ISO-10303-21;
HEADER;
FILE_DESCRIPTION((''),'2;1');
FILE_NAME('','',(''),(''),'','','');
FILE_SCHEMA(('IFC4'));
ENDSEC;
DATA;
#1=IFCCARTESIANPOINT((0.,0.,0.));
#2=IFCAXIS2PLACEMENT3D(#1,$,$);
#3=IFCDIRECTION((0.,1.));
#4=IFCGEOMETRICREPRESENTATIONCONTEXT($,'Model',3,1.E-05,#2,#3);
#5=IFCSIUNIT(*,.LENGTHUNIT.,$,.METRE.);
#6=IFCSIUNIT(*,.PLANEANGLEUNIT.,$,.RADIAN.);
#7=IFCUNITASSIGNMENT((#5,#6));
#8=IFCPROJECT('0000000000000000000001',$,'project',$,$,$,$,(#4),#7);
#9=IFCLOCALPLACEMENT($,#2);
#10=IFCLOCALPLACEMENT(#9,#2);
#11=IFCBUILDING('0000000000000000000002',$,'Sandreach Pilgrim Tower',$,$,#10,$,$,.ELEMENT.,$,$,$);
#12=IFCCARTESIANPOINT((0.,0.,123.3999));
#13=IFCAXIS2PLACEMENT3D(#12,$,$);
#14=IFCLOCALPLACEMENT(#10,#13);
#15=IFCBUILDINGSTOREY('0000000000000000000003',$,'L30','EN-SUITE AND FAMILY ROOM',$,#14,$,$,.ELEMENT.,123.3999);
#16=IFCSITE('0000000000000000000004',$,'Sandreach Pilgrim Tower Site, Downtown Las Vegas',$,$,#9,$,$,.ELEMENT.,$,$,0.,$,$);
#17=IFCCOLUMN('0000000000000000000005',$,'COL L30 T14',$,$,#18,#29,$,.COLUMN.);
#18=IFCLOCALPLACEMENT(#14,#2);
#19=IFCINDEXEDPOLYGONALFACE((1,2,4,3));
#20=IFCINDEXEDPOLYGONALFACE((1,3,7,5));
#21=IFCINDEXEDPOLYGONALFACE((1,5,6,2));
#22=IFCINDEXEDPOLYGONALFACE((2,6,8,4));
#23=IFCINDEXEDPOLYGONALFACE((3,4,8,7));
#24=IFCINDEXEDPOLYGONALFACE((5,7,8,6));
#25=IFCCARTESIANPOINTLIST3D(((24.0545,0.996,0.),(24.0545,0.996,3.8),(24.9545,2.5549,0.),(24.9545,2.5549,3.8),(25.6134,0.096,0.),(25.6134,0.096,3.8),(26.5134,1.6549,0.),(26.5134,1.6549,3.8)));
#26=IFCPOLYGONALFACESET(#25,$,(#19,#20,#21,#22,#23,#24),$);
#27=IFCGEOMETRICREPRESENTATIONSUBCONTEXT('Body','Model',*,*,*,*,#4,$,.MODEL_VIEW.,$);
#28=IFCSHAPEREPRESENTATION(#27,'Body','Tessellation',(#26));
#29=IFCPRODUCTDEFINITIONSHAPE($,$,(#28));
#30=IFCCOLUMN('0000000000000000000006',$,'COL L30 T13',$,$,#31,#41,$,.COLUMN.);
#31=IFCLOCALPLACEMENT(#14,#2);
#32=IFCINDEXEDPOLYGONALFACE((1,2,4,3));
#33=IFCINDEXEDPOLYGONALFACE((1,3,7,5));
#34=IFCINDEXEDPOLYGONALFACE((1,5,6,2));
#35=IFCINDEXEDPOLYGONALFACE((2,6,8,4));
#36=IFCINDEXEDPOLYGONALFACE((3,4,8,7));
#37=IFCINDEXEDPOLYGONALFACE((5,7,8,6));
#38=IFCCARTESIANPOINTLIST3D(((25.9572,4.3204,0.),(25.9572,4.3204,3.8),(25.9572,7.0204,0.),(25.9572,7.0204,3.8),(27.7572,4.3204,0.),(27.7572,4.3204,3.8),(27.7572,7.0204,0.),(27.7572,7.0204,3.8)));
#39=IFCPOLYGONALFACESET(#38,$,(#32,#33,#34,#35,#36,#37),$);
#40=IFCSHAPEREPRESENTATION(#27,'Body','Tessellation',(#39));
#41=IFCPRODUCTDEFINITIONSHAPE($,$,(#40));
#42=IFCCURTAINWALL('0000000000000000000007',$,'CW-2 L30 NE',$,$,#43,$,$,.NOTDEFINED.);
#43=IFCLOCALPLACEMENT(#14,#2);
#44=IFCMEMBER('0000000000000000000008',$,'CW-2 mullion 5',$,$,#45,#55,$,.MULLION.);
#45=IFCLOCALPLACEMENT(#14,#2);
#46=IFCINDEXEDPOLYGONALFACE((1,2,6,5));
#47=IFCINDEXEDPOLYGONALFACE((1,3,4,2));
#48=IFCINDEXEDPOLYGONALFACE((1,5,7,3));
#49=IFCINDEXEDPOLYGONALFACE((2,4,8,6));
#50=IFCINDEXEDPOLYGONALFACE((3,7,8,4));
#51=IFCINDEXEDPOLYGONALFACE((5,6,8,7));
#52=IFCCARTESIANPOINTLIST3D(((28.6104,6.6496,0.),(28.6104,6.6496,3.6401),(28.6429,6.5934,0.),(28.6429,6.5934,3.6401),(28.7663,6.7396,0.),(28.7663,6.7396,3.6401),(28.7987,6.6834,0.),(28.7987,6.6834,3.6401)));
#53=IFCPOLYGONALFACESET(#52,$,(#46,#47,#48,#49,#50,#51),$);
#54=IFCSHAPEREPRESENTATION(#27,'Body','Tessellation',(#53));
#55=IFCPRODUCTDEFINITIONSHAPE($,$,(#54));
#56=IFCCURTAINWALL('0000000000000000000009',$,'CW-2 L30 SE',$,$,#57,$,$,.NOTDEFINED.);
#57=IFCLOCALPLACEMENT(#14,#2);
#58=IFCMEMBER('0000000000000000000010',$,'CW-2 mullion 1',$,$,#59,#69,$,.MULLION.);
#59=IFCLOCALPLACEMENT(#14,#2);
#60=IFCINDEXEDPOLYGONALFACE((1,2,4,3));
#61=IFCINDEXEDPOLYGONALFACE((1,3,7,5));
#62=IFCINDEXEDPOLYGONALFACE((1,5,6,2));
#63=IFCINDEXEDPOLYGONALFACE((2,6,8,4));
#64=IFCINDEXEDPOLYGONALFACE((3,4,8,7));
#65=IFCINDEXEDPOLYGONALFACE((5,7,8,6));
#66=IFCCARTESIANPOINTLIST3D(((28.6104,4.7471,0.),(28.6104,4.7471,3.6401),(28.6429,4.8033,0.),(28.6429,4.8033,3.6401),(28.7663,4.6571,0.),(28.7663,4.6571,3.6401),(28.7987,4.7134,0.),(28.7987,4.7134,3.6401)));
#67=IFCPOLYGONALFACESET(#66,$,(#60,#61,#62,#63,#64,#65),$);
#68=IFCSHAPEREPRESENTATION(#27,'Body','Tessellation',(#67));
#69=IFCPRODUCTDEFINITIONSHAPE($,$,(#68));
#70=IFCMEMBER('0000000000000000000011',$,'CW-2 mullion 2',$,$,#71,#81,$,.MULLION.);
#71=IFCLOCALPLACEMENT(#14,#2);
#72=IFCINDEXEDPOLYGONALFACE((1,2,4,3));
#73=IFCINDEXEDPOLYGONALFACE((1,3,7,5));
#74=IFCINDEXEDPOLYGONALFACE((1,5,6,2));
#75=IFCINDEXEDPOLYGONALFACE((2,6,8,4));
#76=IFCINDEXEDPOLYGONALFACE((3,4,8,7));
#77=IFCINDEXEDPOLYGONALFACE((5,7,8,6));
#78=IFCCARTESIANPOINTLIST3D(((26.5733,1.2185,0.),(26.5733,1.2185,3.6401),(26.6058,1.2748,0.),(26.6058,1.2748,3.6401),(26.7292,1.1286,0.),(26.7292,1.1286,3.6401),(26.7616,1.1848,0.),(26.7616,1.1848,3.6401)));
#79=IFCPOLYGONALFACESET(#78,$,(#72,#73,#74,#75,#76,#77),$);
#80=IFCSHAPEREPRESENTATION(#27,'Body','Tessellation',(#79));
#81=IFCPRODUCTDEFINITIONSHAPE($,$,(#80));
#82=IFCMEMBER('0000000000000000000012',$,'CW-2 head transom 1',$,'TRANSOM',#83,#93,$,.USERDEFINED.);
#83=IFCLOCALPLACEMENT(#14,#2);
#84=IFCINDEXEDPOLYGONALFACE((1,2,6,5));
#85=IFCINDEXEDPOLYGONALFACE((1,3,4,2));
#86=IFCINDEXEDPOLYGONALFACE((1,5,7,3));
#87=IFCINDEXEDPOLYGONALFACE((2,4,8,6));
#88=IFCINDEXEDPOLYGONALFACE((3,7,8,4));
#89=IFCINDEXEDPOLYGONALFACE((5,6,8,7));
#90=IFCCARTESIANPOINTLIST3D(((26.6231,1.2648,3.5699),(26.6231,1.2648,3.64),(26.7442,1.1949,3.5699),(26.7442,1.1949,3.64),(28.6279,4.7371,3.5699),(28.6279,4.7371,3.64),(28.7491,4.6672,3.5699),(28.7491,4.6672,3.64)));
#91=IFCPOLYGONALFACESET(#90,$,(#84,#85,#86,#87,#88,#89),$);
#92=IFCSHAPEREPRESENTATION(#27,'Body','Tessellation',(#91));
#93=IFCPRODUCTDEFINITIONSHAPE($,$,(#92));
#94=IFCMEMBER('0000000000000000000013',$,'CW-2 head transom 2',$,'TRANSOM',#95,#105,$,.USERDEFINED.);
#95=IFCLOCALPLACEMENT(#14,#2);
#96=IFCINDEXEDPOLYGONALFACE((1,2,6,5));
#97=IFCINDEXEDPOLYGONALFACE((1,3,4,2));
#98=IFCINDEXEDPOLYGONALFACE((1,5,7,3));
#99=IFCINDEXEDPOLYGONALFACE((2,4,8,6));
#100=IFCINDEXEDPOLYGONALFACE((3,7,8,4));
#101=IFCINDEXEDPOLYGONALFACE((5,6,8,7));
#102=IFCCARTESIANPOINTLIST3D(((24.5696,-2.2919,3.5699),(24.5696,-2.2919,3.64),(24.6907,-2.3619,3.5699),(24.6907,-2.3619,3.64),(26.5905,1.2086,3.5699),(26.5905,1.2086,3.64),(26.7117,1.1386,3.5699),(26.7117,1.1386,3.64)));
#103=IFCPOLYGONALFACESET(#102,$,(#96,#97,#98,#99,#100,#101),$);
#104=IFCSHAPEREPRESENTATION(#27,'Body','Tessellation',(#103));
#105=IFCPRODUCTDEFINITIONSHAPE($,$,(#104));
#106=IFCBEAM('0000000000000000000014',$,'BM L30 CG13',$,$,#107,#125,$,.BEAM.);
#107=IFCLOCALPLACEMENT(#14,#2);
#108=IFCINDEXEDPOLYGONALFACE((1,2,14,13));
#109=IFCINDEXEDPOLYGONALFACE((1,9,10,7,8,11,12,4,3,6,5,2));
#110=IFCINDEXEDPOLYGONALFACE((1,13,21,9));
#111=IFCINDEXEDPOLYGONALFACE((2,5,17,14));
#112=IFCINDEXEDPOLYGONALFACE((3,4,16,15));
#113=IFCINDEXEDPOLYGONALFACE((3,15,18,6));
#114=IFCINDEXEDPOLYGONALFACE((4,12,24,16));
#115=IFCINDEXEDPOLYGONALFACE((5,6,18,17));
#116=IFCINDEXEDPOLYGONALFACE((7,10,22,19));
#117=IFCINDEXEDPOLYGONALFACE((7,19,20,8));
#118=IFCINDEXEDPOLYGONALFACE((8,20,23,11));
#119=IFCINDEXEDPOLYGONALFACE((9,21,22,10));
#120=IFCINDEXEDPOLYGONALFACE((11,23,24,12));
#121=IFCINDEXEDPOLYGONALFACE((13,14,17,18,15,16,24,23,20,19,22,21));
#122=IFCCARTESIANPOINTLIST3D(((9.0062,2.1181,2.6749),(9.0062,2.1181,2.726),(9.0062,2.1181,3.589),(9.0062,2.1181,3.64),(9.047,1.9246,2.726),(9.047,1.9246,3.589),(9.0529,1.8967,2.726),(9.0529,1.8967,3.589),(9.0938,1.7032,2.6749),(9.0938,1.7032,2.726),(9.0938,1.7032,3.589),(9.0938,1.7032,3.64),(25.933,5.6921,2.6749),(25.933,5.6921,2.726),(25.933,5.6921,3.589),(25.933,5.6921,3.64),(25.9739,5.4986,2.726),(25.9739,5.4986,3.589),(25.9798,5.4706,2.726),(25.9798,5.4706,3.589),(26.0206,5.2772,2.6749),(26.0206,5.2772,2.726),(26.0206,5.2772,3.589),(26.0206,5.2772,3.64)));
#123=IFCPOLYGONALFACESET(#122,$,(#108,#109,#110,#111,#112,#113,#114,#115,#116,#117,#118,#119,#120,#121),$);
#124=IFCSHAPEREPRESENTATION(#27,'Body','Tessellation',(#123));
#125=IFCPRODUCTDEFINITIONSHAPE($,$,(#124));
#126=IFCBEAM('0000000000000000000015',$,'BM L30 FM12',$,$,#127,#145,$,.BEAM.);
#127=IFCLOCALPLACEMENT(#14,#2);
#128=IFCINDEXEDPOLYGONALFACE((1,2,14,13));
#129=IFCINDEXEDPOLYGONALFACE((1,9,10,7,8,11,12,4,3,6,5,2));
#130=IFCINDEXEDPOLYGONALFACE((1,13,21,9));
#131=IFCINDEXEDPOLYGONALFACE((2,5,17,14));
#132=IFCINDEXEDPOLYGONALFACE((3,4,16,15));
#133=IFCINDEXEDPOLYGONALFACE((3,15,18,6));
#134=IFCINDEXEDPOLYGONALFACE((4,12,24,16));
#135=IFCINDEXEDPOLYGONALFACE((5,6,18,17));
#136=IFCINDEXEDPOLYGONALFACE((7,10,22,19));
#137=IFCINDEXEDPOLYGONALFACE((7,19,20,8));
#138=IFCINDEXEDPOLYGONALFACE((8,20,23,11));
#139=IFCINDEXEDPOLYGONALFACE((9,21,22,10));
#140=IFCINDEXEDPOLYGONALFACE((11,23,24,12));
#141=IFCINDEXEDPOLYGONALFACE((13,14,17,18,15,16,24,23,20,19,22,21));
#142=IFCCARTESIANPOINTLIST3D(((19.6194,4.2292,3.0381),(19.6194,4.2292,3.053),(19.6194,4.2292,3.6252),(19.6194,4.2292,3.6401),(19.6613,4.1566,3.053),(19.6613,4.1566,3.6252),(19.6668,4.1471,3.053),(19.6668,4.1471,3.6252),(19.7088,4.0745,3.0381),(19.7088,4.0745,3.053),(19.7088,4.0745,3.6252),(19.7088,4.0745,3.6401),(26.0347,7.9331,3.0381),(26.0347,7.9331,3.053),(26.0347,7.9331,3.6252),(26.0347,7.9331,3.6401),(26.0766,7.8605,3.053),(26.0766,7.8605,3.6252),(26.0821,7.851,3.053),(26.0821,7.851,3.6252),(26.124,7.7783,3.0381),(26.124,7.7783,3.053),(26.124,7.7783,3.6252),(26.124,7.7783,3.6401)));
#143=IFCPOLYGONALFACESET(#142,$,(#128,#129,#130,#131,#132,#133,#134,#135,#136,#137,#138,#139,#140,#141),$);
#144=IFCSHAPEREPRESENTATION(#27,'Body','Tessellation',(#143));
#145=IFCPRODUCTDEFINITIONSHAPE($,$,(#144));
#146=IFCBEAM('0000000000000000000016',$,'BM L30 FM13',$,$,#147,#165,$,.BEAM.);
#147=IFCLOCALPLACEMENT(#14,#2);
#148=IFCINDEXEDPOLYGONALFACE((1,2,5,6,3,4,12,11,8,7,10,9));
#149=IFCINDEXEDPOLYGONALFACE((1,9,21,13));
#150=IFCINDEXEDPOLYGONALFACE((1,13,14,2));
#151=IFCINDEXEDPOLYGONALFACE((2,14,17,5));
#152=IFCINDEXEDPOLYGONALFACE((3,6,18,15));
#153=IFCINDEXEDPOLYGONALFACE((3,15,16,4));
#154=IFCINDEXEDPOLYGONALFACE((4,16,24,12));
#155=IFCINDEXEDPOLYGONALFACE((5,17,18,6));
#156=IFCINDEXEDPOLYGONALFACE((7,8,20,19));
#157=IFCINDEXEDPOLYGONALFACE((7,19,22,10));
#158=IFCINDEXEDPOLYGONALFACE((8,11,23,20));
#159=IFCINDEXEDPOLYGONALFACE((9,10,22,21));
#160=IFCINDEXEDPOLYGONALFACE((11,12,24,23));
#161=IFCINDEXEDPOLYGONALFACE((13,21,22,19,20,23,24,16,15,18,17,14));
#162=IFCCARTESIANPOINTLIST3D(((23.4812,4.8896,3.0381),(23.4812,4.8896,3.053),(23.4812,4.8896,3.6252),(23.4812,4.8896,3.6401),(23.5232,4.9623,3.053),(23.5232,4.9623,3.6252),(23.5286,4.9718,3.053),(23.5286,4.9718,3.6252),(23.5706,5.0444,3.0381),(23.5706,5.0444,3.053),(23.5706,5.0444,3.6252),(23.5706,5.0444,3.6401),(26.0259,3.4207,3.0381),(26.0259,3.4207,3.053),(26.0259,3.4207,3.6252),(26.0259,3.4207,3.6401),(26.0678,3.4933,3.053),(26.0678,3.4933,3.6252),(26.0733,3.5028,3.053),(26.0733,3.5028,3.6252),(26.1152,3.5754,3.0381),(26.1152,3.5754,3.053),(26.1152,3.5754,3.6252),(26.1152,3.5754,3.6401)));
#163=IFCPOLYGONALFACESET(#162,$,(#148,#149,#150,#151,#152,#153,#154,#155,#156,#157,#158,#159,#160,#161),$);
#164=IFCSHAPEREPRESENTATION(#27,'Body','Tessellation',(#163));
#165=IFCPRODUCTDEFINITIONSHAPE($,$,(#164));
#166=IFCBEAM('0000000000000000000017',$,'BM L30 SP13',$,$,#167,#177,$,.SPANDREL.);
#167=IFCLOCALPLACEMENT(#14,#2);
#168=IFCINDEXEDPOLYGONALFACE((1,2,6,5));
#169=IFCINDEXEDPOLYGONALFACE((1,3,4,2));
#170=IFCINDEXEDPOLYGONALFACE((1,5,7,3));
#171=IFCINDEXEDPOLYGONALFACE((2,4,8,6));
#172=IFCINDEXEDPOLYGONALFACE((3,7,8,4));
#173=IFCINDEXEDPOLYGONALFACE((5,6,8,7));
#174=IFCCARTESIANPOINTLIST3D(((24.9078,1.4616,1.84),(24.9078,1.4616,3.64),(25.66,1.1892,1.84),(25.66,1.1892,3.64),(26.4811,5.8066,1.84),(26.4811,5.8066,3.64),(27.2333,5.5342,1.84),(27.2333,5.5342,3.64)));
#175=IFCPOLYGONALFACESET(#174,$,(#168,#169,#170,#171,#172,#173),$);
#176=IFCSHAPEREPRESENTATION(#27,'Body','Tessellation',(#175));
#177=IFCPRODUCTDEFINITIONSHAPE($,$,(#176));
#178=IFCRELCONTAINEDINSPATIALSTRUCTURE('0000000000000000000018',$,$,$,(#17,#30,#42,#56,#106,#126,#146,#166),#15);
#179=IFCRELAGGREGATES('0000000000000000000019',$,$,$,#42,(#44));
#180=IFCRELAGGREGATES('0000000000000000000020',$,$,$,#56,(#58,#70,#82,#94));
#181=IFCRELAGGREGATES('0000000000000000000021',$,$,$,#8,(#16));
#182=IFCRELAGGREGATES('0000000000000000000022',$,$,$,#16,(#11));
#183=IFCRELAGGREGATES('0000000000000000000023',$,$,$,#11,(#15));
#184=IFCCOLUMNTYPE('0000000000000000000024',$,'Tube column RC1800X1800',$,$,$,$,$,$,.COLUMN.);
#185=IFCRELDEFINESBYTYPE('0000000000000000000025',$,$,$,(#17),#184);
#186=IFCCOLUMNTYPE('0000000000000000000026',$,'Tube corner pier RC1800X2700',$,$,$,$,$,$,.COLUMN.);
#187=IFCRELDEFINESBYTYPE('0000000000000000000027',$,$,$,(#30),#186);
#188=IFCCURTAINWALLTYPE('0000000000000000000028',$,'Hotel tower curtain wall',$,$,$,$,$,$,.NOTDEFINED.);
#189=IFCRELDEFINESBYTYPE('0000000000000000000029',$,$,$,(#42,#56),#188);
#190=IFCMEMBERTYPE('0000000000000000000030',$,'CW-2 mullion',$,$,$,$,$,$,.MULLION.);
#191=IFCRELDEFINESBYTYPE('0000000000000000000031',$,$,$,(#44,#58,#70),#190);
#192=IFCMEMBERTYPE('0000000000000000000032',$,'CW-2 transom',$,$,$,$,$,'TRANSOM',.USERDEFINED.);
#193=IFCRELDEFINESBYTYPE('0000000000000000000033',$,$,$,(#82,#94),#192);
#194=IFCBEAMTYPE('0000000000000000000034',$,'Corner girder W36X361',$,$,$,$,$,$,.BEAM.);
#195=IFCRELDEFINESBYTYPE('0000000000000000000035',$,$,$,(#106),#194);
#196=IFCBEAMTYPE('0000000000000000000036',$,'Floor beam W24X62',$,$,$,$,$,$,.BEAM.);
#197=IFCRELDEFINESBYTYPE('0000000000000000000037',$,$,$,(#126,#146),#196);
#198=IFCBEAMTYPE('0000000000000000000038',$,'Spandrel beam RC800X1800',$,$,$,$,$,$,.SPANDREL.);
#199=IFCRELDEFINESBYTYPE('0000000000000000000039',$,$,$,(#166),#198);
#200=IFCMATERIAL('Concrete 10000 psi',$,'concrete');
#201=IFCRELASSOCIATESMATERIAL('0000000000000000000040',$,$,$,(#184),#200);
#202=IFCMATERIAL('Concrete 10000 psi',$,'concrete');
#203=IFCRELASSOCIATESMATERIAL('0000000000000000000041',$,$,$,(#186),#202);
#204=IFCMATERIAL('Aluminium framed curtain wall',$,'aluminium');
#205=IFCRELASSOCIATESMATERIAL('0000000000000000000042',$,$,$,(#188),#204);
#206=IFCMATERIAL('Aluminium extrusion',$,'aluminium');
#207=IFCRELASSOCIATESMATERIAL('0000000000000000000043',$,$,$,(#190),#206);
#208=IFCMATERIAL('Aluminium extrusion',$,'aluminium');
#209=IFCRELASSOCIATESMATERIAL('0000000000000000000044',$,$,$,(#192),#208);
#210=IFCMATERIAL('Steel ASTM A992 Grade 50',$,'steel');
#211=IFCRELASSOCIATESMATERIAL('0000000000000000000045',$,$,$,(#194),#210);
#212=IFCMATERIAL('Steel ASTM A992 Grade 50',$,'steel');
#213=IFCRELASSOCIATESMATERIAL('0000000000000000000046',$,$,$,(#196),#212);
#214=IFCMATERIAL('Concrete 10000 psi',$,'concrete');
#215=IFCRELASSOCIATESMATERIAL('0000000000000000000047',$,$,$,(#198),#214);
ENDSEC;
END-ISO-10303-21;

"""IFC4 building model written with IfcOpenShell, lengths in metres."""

from ifc_helpers import new_model, si_unit, direction, frame, origin, origin_2d, place, context, subcontext, project, spatial, rectangle, i_section, extrude, material, material_profile, profile_set, type_object, element, aggregate, save


model = new_model("IFC4")

# Units and contexts
model_context = context("Model", 3, precision=1e-05, world=origin(), true_north=direction((0.0, 1.0)))
body_context = subcontext(model_context, "Body", "Model", "MODEL_VIEW")
ifc_project = project(units=[si_unit("LENGTHUNIT", "METRE"), si_unit("PLANEANGLEUNIT", "RADIAN")], contexts=[model_context])

# Site, building, storey
site_placement = place(None, origin())
site = spatial("IfcSite", under=ifc_project, at=site_placement, Name="Sandreach Pilgrim Tower Site, Downtown Las Vegas", CompositionType="ELEMENT", RefElevation=0.0)
building_placement = place(site_placement, origin())
building = spatial("IfcBuilding", under=site, at=building_placement, Name="Sandreach Pilgrim Tower", CompositionType="ELEMENT")
storey_placement = place(building_placement, frame((0.0, 0.0, 123.3999)))
storey = spatial("IfcBuildingStorey", under=building, at=storey_placement, Name="L30", Description="EN-SUITE AND FAMILY ROOM", CompositionType="ELEMENT", Elevation=123.3999)

# Columns
ifc_material_1 = material(Name="Concrete 10000 psi", Category="concrete")
ifc_material_profile_1 = material_profile(ifc_material_1, rectangle(XDim=1.8, YDim=1.8, at=origin_2d()), Name="RC1800X1800")
ifc_profile_set_1 = profile_set([ifc_material_profile_1], Name="Concrete 10000 psi")
column_type_1 = type_object("IfcColumnType", Name="Tube column RC1800X1800", PredefinedType="COLUMN", material=ifc_profile_set_1)
column_1_placement = place(storey_placement, frame((25.2839, 1.3254, 0.0), z_axis=(0.0, 0.0, 1.0), x_axis=(0.866025, -0.5, 0.0)))
element("IfcColumn", 1, at=column_1_placement, inside=storey, type_object=column_type_1, Name="COL L30 T14", PredefinedType="COLUMN", context=body_context, shape_type="SweptSolid", body=[
    extrude(rectangle(XDim=1.8, YDim=1.8, at=origin_2d()), origin(), (0.0, 0.0, 1.0), 3.8),
])
ifc_material_2 = material(Name="Concrete 10000 psi", Category="concrete")
ifc_material_profile_2 = material_profile(ifc_material_2, rectangle(XDim=1.8, YDim=2.7, at=origin_2d()), Name="RC1800X2700")
ifc_profile_set_2 = profile_set([ifc_material_profile_2], Name="Concrete 10000 psi")
column_type_2 = type_object("IfcColumnType", Name="Tube corner pier RC1800X2700", PredefinedType="COLUMN", material=ifc_profile_set_2)
column_2_placement = place(storey_placement, frame((26.8572, 5.6704, 0.0), z_axis=(0.0, 0.0, 1.0), x_axis=(1.0, 0.0, 0.0)))
element("IfcColumn", 2, at=column_2_placement, inside=storey, type_object=column_type_2, Name="COL L30 T13", PredefinedType="COLUMN", context=body_context, shape_type="SweptSolid", body=[
    extrude(rectangle(XDim=1.8, YDim=2.7, at=origin_2d()), origin(), (0.0, 0.0, 1.0), 3.8),
])

# Curtain wall, member
ifc_material_3 = material(Name="Aluminium framed curtain wall", Category="aluminium")
curtain_wall_type = type_object("IfcCurtainWallType", Name="Hotel tower curtain wall", PredefinedType="NOTDEFINED", material=ifc_material_3)
curtain_wall_1_placement = place(storey_placement, origin())
curtain_wall_1 = element("IfcCurtainWall", 3, at=curtain_wall_1_placement, inside=storey, type_object=curtain_wall_type, Name="CW-2 L30 NE", PredefinedType="NOTDEFINED")
ifc_material_4 = material(Name="Aluminium extrusion", Category="aluminium")
ifc_material_profile_3 = material_profile(ifc_material_4, rectangle(XDim=0.0649, YDim=0.1799, at=origin_2d()), Name="CW-2M 65X180")
ifc_profile_set_3 = profile_set([ifc_material_profile_3], Name="Aluminium extrusion")
member_type_1 = type_object("IfcMemberType", Name="CW-2 mullion", PredefinedType="MULLION", material=ifc_profile_set_3)
member_1_placement = place(storey_placement, frame((28.7046, 6.6665, 0.0), z_axis=(0.0, 0.0, 1.0), x_axis=(0.5, -0.866025, 0.0)))
member_1 = element("IfcMember", 4, at=member_1_placement, type_object=member_type_1, Name="CW-2 mullion 5", PredefinedType="MULLION", context=body_context, shape_type="SweptSolid", body=[
    extrude(rectangle(XDim=0.0649, YDim=0.1799, at=origin_2d()), origin(), (0.0, 0.0, 1.0), 3.6401),
])
aggregate(curtain_wall_1, [member_1])

# Curtain wall, members
curtain_wall_2_placement = place(storey_placement, origin())
curtain_wall_2 = element("IfcCurtainWall", 5, at=curtain_wall_2_placement, inside=storey, type_object=curtain_wall_type, Name="CW-2 L30 SE", PredefinedType="NOTDEFINED")
member_2_placement = place(storey_placement, frame((28.7046, 4.7302, 0.0), z_axis=(0.0, 0.0, 1.0), x_axis=(-0.5, -0.866025, 0.0)))
member_2 = element("IfcMember", 6, at=member_2_placement, type_object=member_type_1, Name="CW-2 mullion 1", PredefinedType="MULLION", context=body_context, shape_type="SweptSolid", body=[
    extrude(rectangle(XDim=0.0649, YDim=0.1799, at=origin_2d()), origin(), (0.0, 0.0, 1.0), 3.6401),
])
member_3_placement = place(storey_placement, frame((26.6675, 1.2017, 0.0), z_axis=(0.0, 0.0, 1.0), x_axis=(-0.5, -0.866025, 0.0)))
member_3 = element("IfcMember", 7, at=member_3_placement, type_object=member_type_1, Name="CW-2 mullion 2", PredefinedType="MULLION", context=body_context, shape_type="SweptSolid", body=[
    extrude(rectangle(XDim=0.0649, YDim=0.1799, at=origin_2d()), origin(), (0.0, 0.0, 1.0), 3.6401),
])
ifc_material_5 = material(Name="Aluminium extrusion", Category="aluminium")
ifc_material_profile_4 = material_profile(ifc_material_5, rectangle(XDim=0.1399, YDim=0.0701, at=origin_2d()), Name="CW-2T 140X70")
ifc_profile_set_4 = profile_set([ifc_material_profile_4], Name="Aluminium extrusion")
member_type_2 = type_object("IfcMemberType", Name="CW-2 transom", ElementType="TRANSOM", PredefinedType="USERDEFINED", material=ifc_profile_set_4)
member_4_placement = place(storey_placement, frame((28.6885, 4.7021, 3.605), z_axis=(-0.500016, -0.866016, 0.0), x_axis=(0.866016, -0.500016, 0.0)))
member_4 = element("IfcMember", 8, at=member_4_placement, type_object=member_type_2, Name="CW-2 head transom 1", ObjectType="TRANSOM", PredefinedType="USERDEFINED", context=body_context, shape_type="SweptSolid", body=[
    extrude(rectangle(XDim=0.1399, YDim=0.0701, at=origin_2d()), origin(), (0.0, 0.0, 1.0), 4.0095),
])
member_5_placement = place(storey_placement, frame((26.6511, 1.1736, 3.605), z_axis=(-0.499998, -0.866027, 0.0), x_axis=(0.866027, -0.499998, 0.0)))
member_5 = element("IfcMember", 9, at=member_5_placement, type_object=member_type_2, Name="CW-2 head transom 2", ObjectType="TRANSOM", PredefinedType="USERDEFINED", context=body_context, shape_type="SweptSolid", body=[
    extrude(rectangle(XDim=0.1399, YDim=0.0701, at=origin_2d()), origin(), (0.0, 0.0, 1.0), 4.042),
])

# Beams
ifc_material_6 = material(Name="Steel ASTM A992 Grade 50", Category="steel")
ifc_material_profile_5 = material_profile(ifc_material_6, i_section(OverallWidth=0.4241, OverallDepth=0.9651, WebThickness=0.0286, FlangeThickness=0.051, at=origin_2d()), Name="W36X361")
ifc_profile_set_5 = profile_set([ifc_material_profile_5], Name="Steel ASTM A992 Grade 50")
beam_type_1 = type_object("IfcBeamType", Name="Corner girder W36X361", PredefinedType="BEAM", material=ifc_profile_set_5)
beam_1_placement = place(storey_placement, frame((25.9768, 5.4846, 3.1575), z_axis=(-0.978428, -0.206589, 0.0), x_axis=(0.206589, -0.978428, 0.0)))
element("IfcBeam", 10, at=beam_1_placement, inside=storey, type_object=beam_type_1, Name="BM L30 CG13", PredefinedType="BEAM", context=body_context, shape_type="SweptSolid", body=[
    extrude(i_section(OverallWidth=0.4241, OverallDepth=0.9651, WebThickness=0.0286, FlangeThickness=0.051, at=origin_2d()), origin(), (0.0, 0.0, 1.0), 17.3),
])
ifc_material_7 = material(Name="Steel ASTM A992 Grade 50", Category="steel")
ifc_material_profile_6 = material_profile(ifc_material_7, i_section(OverallWidth=0.1787, OverallDepth=0.6021, WebThickness=0.011, FlangeThickness=0.0149, at=origin_2d()), Name="W24X62")
ifc_profile_set_6 = profile_set([ifc_material_profile_6], Name="Steel ASTM A992 Grade 50")
beam_type_2 = type_object("IfcBeamType", Name="Floor beam W24X62", PredefinedType="BEAM", material=ifc_profile_set_6)
beam_2_placement = place(storey_placement, frame((26.0793, 7.8557, 3.3391), z_axis=(-0.866026, -0.499999, 0.0), x_axis=(0.499999, -0.866026, 0.0)))
element("IfcBeam", 11, at=beam_2_placement, inside=storey, type_object=beam_type_2, Name="BM L30 FM12", PredefinedType="BEAM", context=body_context, shape_type="SweptSolid", body=[
    extrude(i_section(OverallWidth=0.1787, OverallDepth=0.6021, WebThickness=0.011, FlangeThickness=0.0149, at=origin_2d()), origin(), (0.0, 0.0, 1.0), 7.4077),
])
beam_3_placement = place(storey_placement, frame((26.0706, 3.498, 3.3391), z_axis=(-0.866051, 0.499955, 0.0), x_axis=(-0.499955, -0.866051, 0.0)))
element("IfcBeam", 12, at=beam_3_placement, inside=storey, type_object=beam_type_2, Name="BM L30 FM13", PredefinedType="BEAM", context=body_context, shape_type="SweptSolid", body=[
    extrude(i_section(OverallWidth=0.1787, OverallDepth=0.6021, WebThickness=0.011, FlangeThickness=0.0149, at=origin_2d()), origin(), (0.0, 0.0, 1.0), 2.9382),
])
ifc_material_8 = material(Name="Concrete 10000 psi", Category="concrete")
ifc_material_profile_7 = material_profile(ifc_material_8, rectangle(XDim=0.8, YDim=1.8, at=origin_2d()), Name="RC800X1800")
ifc_profile_set_7 = profile_set([ifc_material_profile_7], Name="Concrete 10000 psi")
beam_type_3 = type_object("IfcBeamType", Name="Spandrel beam RC800X1800", PredefinedType="SPANDREL", material=ifc_profile_set_7)
beam_4_placement = place(storey_placement, frame((26.8572, 5.6704, 2.74), z_axis=(-0.340453, -0.940261, 0.0), x_axis=(0.940261, -0.340453, 0.0)))
element("IfcBeam", 13, at=beam_4_placement, inside=storey, type_object=beam_type_3, Name="BM L30 SP13", PredefinedType="SPANDREL", context=body_context, shape_type="SweptSolid", body=[
    extrude(rectangle(XDim=0.8, YDim=1.8, at=origin_2d()), origin(), (0.0, 0.0, 1.0), 4.6211),
])

aggregate(curtain_wall_2, [member_2, member_3, member_4, member_5])

save(model, "model.ifc")
